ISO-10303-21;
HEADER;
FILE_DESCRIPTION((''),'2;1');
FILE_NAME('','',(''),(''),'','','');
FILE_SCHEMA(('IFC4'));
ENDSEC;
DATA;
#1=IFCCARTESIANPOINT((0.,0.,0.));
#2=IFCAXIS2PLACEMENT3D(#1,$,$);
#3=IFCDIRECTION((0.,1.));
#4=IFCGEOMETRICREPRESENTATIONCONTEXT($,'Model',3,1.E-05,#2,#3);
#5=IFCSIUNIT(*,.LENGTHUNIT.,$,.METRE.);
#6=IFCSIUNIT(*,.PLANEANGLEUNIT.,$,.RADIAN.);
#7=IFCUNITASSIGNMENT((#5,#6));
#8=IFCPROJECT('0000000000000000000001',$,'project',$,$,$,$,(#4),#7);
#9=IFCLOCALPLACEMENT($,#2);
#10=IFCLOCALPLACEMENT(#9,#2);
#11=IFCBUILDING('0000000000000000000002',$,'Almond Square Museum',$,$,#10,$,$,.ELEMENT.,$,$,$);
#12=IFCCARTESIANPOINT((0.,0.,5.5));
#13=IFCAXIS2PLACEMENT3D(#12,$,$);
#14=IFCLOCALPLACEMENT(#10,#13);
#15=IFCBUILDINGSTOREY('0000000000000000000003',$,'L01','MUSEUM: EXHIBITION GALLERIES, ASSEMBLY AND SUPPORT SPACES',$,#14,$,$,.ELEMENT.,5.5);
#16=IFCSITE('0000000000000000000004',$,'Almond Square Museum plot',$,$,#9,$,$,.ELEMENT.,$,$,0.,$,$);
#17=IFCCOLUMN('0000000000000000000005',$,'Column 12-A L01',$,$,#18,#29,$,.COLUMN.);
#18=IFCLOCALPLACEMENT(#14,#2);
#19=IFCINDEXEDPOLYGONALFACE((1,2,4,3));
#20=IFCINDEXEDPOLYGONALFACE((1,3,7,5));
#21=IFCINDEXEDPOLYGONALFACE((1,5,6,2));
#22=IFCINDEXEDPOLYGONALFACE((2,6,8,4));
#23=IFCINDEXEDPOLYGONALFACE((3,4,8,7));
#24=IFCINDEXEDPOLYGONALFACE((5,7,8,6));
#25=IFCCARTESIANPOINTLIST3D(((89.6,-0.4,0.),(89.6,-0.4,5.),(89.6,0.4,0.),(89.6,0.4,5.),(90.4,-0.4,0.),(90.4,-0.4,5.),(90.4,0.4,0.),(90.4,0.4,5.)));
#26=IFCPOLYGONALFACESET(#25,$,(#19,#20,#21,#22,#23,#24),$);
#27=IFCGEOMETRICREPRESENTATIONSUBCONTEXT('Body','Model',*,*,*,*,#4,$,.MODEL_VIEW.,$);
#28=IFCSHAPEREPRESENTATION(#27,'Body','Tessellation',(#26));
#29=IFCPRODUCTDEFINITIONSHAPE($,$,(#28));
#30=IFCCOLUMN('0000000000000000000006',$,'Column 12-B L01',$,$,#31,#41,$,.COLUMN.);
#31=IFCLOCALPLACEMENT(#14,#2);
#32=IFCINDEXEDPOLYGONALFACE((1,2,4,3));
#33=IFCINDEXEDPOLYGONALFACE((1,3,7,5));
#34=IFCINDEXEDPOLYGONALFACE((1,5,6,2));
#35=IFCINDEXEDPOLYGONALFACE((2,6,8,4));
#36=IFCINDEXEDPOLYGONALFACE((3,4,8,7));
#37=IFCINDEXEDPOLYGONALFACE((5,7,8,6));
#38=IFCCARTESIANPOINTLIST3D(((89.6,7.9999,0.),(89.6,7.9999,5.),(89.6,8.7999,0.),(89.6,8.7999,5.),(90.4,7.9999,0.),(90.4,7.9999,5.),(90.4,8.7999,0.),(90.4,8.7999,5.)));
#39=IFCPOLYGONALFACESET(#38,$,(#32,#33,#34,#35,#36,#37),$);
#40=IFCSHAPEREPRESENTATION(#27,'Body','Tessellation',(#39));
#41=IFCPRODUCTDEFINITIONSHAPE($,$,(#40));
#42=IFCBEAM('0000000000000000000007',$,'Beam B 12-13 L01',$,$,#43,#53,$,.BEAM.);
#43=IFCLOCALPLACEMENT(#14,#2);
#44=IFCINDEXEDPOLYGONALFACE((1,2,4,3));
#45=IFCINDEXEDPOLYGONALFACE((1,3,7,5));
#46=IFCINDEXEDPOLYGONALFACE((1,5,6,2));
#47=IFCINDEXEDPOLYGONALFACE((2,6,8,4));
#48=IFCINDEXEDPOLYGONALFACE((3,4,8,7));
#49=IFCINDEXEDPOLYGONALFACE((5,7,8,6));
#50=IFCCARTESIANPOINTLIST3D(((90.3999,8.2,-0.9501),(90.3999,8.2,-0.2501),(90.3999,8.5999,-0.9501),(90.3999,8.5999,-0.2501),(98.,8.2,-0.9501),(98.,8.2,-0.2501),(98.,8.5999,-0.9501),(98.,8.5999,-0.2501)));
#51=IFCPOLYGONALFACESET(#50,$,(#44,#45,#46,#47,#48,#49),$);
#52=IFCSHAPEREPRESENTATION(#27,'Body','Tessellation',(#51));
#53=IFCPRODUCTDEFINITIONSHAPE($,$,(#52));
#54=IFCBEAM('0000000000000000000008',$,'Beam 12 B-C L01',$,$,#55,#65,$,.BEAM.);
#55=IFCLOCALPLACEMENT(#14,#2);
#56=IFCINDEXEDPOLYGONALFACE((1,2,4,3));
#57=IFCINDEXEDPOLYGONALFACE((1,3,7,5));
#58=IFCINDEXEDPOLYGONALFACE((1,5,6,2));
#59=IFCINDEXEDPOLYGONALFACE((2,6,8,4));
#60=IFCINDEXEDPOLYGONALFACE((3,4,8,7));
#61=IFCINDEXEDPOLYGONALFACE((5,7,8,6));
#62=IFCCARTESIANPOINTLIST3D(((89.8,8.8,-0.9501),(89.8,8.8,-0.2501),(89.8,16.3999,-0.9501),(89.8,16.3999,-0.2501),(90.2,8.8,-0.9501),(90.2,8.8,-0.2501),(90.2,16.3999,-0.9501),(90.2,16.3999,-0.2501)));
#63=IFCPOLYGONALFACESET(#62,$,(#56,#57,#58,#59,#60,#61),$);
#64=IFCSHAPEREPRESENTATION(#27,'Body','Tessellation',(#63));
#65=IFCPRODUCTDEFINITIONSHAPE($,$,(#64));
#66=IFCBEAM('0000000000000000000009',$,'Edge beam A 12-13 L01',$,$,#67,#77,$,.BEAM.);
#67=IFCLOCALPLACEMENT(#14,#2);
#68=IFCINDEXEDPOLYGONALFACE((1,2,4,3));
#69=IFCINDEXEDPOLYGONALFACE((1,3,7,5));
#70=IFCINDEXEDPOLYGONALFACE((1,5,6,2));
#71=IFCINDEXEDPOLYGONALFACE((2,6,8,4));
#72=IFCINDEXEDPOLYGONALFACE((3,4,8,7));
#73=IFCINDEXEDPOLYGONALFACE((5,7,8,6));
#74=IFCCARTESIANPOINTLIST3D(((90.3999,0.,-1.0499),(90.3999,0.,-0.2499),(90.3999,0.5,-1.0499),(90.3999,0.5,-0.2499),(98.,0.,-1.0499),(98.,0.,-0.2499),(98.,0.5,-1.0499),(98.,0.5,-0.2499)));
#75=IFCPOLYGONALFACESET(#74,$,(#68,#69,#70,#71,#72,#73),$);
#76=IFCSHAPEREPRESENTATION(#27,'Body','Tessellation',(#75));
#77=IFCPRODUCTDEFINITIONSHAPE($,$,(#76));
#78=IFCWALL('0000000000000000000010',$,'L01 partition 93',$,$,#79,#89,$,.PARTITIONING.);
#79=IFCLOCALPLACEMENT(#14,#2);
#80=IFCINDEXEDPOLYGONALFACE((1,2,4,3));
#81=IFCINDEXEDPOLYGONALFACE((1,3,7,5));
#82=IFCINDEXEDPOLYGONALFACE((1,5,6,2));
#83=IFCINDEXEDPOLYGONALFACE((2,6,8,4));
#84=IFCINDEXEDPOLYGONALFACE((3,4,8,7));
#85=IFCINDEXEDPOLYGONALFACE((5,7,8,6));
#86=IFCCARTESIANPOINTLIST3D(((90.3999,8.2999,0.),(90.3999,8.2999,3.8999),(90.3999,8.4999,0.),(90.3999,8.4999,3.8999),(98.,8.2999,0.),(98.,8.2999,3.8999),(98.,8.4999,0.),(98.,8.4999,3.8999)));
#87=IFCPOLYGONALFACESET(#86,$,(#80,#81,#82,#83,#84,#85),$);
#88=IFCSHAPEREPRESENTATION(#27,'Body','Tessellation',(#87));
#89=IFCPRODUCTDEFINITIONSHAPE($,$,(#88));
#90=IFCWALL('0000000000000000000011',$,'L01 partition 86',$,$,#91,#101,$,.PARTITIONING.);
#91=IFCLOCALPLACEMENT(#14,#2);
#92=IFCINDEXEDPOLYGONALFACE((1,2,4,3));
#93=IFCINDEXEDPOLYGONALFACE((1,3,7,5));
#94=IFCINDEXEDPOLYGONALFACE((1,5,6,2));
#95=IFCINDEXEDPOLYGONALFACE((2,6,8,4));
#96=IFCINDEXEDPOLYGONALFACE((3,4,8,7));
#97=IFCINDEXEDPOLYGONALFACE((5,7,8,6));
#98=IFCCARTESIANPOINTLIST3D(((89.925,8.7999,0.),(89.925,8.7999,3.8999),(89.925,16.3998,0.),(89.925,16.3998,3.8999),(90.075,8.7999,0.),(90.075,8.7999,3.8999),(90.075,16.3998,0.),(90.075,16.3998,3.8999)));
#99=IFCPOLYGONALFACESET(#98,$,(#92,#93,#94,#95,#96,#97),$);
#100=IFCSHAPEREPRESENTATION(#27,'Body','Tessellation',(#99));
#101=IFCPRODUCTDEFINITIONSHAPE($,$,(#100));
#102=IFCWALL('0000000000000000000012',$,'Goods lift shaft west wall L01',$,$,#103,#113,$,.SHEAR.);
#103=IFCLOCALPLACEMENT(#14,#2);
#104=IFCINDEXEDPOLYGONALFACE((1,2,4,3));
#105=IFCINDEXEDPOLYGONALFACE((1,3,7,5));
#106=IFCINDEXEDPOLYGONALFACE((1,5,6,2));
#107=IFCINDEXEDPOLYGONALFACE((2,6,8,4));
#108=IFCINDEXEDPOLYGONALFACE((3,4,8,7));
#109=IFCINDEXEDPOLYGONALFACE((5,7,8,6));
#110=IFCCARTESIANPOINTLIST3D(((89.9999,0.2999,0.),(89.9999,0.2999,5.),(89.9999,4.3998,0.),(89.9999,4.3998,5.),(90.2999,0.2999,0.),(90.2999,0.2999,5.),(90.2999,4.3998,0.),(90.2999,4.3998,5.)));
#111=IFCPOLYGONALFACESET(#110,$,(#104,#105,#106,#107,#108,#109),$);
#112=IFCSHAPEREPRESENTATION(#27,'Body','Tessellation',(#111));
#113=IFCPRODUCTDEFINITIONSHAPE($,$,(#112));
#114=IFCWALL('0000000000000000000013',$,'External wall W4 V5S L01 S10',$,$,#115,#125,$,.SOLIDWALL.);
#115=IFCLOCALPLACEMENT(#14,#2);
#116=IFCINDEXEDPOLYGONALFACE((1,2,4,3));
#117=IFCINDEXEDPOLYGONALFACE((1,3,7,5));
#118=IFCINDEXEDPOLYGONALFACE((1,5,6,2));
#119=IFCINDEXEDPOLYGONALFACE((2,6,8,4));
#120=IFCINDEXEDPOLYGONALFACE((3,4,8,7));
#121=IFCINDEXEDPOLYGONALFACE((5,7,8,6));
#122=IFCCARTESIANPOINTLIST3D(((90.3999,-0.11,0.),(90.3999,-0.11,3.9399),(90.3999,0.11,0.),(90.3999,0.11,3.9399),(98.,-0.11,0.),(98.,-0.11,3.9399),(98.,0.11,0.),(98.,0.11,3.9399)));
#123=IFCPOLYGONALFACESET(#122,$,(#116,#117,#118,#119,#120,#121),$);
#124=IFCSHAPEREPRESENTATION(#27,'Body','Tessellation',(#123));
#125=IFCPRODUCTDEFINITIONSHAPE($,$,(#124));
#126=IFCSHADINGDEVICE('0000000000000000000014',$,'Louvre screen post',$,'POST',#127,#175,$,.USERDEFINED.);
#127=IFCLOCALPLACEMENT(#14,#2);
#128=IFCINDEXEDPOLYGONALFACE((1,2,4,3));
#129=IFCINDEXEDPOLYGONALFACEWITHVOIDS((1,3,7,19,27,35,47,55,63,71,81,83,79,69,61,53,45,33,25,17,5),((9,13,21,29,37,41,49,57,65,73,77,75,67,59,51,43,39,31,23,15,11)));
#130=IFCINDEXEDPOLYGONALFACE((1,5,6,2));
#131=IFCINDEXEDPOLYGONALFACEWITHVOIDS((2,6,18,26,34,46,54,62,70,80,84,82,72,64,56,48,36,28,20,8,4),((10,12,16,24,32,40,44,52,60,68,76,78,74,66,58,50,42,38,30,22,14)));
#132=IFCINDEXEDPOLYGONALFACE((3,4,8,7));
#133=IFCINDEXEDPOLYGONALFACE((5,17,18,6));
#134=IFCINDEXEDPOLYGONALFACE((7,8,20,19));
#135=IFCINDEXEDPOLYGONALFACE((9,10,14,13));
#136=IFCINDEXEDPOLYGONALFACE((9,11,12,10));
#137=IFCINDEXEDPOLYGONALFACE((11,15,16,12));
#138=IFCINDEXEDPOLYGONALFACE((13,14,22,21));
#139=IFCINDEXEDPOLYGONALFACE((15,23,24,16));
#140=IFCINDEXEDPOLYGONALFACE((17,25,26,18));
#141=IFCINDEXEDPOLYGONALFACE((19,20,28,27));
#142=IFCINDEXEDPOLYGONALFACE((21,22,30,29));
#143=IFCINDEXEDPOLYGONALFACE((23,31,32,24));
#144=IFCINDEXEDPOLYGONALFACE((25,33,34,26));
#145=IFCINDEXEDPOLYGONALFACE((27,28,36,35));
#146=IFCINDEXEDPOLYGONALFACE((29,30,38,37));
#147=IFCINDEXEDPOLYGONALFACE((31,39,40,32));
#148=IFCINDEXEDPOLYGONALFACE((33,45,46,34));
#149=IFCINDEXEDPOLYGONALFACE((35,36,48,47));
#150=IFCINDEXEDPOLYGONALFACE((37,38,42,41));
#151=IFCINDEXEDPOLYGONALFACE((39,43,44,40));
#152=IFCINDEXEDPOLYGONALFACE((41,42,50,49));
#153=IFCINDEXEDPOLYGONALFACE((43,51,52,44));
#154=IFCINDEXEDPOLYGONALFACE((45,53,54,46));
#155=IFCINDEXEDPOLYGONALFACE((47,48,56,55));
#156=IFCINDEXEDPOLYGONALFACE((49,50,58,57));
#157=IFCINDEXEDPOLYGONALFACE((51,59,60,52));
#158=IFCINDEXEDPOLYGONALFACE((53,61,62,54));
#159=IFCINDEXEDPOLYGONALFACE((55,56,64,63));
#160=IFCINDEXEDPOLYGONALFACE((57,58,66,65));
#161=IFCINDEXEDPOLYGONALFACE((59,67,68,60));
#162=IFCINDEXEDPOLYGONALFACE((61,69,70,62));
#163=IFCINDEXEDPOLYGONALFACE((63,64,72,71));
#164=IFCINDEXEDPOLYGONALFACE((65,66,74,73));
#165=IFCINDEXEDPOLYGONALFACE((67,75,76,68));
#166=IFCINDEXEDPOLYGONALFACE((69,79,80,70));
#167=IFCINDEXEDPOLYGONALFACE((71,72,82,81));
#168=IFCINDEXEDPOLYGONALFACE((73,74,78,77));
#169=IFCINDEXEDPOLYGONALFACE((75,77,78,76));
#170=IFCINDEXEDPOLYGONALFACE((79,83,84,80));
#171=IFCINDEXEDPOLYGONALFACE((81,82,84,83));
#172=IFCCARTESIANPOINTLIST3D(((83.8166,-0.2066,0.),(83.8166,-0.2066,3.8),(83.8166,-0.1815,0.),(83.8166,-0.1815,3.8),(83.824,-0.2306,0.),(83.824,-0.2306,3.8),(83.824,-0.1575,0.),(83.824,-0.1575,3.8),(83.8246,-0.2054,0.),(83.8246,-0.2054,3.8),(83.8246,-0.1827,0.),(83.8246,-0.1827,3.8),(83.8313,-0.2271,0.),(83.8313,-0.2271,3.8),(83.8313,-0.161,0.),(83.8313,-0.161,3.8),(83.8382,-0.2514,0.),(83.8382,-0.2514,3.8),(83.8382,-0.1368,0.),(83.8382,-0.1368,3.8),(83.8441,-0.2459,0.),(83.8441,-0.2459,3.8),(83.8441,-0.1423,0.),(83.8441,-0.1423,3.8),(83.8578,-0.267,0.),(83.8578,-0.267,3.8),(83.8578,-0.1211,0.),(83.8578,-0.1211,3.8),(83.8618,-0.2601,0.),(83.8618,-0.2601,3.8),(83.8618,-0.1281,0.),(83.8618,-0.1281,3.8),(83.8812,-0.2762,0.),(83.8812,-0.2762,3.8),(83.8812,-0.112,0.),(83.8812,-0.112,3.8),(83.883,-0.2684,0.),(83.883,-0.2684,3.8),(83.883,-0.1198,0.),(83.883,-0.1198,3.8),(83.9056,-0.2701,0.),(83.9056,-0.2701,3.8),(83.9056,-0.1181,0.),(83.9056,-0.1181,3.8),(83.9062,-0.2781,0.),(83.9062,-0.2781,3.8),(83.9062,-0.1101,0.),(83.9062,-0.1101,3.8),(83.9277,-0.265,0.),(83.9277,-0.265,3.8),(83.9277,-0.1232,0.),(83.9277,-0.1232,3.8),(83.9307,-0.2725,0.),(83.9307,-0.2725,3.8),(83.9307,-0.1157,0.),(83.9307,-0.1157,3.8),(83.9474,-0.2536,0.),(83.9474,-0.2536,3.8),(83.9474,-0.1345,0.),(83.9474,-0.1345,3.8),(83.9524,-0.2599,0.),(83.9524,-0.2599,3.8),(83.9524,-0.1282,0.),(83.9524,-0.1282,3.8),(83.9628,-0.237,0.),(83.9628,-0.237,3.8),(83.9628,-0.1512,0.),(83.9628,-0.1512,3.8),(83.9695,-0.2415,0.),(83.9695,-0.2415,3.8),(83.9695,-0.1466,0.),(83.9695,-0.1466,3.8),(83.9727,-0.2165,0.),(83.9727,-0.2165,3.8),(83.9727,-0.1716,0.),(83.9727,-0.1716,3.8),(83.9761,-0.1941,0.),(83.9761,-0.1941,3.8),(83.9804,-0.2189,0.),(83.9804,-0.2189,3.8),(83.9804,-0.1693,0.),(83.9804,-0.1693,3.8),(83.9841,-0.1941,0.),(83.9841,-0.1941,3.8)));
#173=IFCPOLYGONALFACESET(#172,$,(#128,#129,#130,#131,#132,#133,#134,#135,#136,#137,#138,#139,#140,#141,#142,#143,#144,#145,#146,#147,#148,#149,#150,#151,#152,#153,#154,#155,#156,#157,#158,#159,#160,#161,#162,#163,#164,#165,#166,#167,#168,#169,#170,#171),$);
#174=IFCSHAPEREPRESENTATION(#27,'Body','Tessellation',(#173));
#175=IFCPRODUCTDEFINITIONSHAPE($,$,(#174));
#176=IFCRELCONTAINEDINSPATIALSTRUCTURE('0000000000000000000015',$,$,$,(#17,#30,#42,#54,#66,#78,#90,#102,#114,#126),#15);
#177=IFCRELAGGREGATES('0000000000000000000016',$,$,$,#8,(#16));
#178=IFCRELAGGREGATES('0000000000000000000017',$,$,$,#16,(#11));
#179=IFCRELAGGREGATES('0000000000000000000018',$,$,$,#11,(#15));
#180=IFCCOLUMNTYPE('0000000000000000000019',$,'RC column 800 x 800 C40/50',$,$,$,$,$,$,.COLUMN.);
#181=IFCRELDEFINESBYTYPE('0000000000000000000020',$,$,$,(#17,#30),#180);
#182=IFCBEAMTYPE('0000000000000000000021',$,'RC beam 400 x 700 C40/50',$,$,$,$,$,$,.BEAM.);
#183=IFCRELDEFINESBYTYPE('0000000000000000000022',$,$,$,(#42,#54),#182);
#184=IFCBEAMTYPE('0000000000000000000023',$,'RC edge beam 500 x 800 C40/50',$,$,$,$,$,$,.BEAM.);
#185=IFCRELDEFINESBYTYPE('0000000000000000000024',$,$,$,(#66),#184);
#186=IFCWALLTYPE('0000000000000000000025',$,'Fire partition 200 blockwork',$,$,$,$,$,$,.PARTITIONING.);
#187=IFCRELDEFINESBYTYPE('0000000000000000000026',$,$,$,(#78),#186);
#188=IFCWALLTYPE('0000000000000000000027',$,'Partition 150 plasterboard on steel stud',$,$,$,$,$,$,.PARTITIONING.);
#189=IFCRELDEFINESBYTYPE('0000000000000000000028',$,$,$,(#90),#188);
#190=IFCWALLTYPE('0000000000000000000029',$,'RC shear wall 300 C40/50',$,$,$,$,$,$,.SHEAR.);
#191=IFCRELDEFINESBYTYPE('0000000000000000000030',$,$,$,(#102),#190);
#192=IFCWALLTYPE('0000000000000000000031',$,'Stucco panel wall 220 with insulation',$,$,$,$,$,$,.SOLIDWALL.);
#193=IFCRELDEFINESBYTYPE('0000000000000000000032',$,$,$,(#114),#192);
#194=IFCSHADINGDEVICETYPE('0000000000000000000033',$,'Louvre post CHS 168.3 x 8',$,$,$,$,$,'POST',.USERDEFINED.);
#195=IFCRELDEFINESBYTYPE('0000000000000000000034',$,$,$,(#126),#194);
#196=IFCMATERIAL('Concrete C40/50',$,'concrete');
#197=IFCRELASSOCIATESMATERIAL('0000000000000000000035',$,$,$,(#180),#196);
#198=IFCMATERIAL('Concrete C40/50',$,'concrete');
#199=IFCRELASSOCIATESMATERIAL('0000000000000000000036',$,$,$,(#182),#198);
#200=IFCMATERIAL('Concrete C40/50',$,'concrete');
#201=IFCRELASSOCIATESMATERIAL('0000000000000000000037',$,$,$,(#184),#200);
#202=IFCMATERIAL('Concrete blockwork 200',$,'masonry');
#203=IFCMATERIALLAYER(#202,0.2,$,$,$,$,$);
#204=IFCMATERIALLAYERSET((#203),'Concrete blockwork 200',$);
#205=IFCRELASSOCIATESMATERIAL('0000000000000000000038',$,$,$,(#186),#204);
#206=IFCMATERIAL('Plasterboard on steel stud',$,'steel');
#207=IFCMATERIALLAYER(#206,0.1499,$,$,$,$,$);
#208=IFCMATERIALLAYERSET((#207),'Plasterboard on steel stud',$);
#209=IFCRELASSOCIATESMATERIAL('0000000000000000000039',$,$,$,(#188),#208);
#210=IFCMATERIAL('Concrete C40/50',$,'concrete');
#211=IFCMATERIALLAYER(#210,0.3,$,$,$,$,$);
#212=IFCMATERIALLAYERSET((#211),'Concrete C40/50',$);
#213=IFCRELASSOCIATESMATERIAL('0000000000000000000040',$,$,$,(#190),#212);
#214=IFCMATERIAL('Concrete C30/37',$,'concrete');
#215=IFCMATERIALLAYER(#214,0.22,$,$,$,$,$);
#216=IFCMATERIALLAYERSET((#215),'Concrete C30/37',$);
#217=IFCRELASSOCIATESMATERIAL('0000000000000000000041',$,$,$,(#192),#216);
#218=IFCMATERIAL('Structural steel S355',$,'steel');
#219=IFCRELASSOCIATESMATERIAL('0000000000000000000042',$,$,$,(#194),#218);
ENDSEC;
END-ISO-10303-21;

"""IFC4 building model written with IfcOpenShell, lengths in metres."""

from ifc_helpers import new_model, si_unit, direction, frame, frame_2d, origin, origin_2d, place, context, subcontext, project, spatial, rectangle, hollow_circle, extrude, material, layer, layer_set, material_profile, profile_set, type_object, element, save


model = new_model("IFC4")

# Units and contexts
model_context = context("Model", 3, precision=1e-05, world=origin(), true_north=direction((0.0, 1.0)))
body_context = subcontext(model_context, "Body", "Model", "MODEL_VIEW")
ifc_project = project(units=[si_unit("LENGTHUNIT", "METRE"), si_unit("PLANEANGLEUNIT", "RADIAN")], contexts=[model_context])

# Site, building, storey
site_placement = place(None, origin())
site = spatial("IfcSite", under=ifc_project, at=site_placement, Name="Almond Square Museum plot", CompositionType="ELEMENT", RefElevation=0.0)
building_placement = place(site_placement, origin())
building = spatial("IfcBuilding", under=site, at=building_placement, Name="Almond Square Museum", CompositionType="ELEMENT")
storey_placement = place(building_placement, frame((0.0, 0.0, 5.5)))
storey = spatial("IfcBuildingStorey", under=building, at=storey_placement, Name="L01", Description="MUSEUM: EXHIBITION GALLERIES, ASSEMBLY AND SUPPORT SPACES", CompositionType="ELEMENT", Elevation=5.5)

# Columns
ifc_material_1 = material(Name="Concrete C40/50", Category="concrete")
ifc_material_profile_1 = material_profile(ifc_material_1, rectangle(XDim=0.8, YDim=0.8, at=origin_2d()))
ifc_profile_set_1 = profile_set([ifc_material_profile_1], Name="Concrete C40/50")
column_type = type_object("IfcColumnType", Name="RC column 800 x 800 C40/50", PredefinedType="COLUMN", material=ifc_profile_set_1)
for number, where, z_axis, x_axis, name in (
    (1, (90.0, 0.0, 0.0), (0.0, 0.0, 1.0), (1.0, 0.0, 0.0), "Column 12-A L01"),
    (2, (90.0, 8.3999, 0.0), (0.0, 0.0, 1.0), (1.0, 0.0, 0.0), "Column 12-B L01"),
):
    element("IfcColumn", number, at=place(storey_placement, frame(where, z_axis=z_axis, x_axis=x_axis)), inside=storey, type_object=column_type, Name=name, PredefinedType="COLUMN", context=body_context, shape_type="SweptSolid", body=[
        extrude(rectangle(XDim=0.8, YDim=0.8, at=origin_2d()), origin(), (0.0, 0.0, 1.0), 5.0),
    ])

# Beams
ifc_material_2 = material(Name="Concrete C40/50", Category="concrete")
ifc_material_profile_2 = material_profile(ifc_material_2, rectangle(XDim=0.3999, YDim=0.7, at=origin_2d()))
ifc_profile_set_2 = profile_set([ifc_material_profile_2], Name="Concrete C40/50")
beam_type_1 = type_object("IfcBeamType", Name="RC beam 400 x 700 C40/50", PredefinedType="BEAM", material=ifc_profile_set_2)
beam_1_placement = place(storey_placement, frame((90.3999, 8.3999, -0.6001), z_axis=(1.0, 0.0, 0.0), x_axis=(0.0, 1.0, 0.0)))
element("IfcBeam", 3, at=beam_1_placement, inside=storey, type_object=beam_type_1, Name="Beam B 12-13 L01", PredefinedType="BEAM", context=body_context, shape_type="SweptSolid", body=[
    extrude(rectangle(XDim=0.3999, YDim=0.7, at=origin_2d()), origin(), (0.0, 0.0, 1.0), 7.6001),
])
beam_2_placement = place(storey_placement, frame((90.0, 8.8, -0.6001), z_axis=(0.0, 1.0, 0.0), x_axis=(-1.0, 0.0, 0.0)))
element("IfcBeam", 4, at=beam_2_placement, inside=storey, type_object=beam_type_1, Name="Beam 12 B-C L01", PredefinedType="BEAM", context=body_context, shape_type="SweptSolid", body=[
    extrude(rectangle(XDim=0.3999, YDim=0.7, at=origin_2d()), origin(), (0.0, 0.0, 1.0), 7.5999),
])
ifc_material_3 = material(Name="Concrete C40/50", Category="concrete")
ifc_material_profile_3 = material_profile(ifc_material_3, rectangle(XDim=0.5, YDim=0.8, at=origin_2d()))
ifc_profile_set_3 = profile_set([ifc_material_profile_3], Name="Concrete C40/50")
beam_type_2 = type_object("IfcBeamType", Name="RC edge beam 500 x 800 C40/50", PredefinedType="BEAM", material=ifc_profile_set_3)
beam_3_placement = place(storey_placement, frame((90.3999, 0.25, -0.6499), z_axis=(1.0, 0.0, 0.0), x_axis=(0.0, 1.0, 0.0)))
element("IfcBeam", 5, at=beam_3_placement, inside=storey, type_object=beam_type_2, Name="Edge beam A 12-13 L01", PredefinedType="BEAM", context=body_context, shape_type="SweptSolid", body=[
    extrude(rectangle(XDim=0.5, YDim=0.8, at=origin_2d()), origin(), (0.0, 0.0, 1.0), 7.6001),
])

# Walls
ifc_material_4 = material(Name="Concrete blockwork 200", Category="masonry")
ifc_layer_1 = layer(ifc_material_4, 0.2)
ifc_layer_set_1 = layer_set([ifc_layer_1], Name="Concrete blockwork 200")
wall_type_1 = type_object("IfcWallType", Name="Fire partition 200 blockwork", PredefinedType="PARTITIONING", material=ifc_layer_set_1)
wall_1_placement = place(storey_placement, frame((90.3999, 8.3999, 0.0), z_axis=(0.0, 0.0, 1.0), x_axis=(1.0, 0.0, 0.0)))
element("IfcWall", 6, at=wall_1_placement, inside=storey, type_object=wall_type_1, Name="L01 partition 93", PredefinedType="PARTITIONING", context=body_context, shape_type="SweptSolid", body=[
    extrude(rectangle(XDim=7.6001, YDim=0.2, at=frame_2d((3.8, 0.0))), origin(), (0.0, 0.0, 1.0), 3.8999),
])
ifc_material_5 = material(Name="Plasterboard on steel stud", Category="steel")
ifc_layer_2 = layer(ifc_material_5, 0.1499)
ifc_layer_set_2 = layer_set([ifc_layer_2], Name="Plasterboard on steel stud")
wall_type_2 = type_object("IfcWallType", Name="Partition 150 plasterboard on steel stud", PredefinedType="PARTITIONING", material=ifc_layer_set_2)
wall_2_placement = place(storey_placement, frame((90.0, 8.8, 0.0), z_axis=(0.0, 0.0, 1.0), x_axis=(0.0, 1.0, 0.0)))
element("IfcWall", 7, at=wall_2_placement, inside=storey, type_object=wall_type_2, Name="L01 partition 86", PredefinedType="PARTITIONING", context=body_context, shape_type="SweptSolid", body=[
    extrude(rectangle(XDim=7.5999, YDim=0.1499, at=frame_2d((3.7998, 0.0))), origin(), (0.0, 0.0, 1.0), 3.8999),
])
ifc_material_6 = material(Name="Concrete C40/50", Category="concrete")
ifc_layer_3 = layer(ifc_material_6, 0.3)
ifc_layer_set_3 = layer_set([ifc_layer_3], Name="Concrete C40/50")
wall_type_3 = type_object("IfcWallType", Name="RC shear wall 300 C40/50", PredefinedType="SHEAR", material=ifc_layer_set_3)
wall_3_placement = place(storey_placement, frame((90.1499, 0.3, 0.0), z_axis=(0.0, 0.0, 1.0), x_axis=(0.0, 1.0, 0.0)))
element("IfcWall", 8, at=wall_3_placement, inside=storey, type_object=wall_type_3, Name="Goods lift shaft west wall L01", PredefinedType="SHEAR", context=body_context, shape_type="SweptSolid", body=[
    extrude(rectangle(XDim=4.0999, YDim=0.3, at=frame_2d((2.0498, 0.0))), origin(), (0.0, 0.0, 1.0), 5.0),
])

# Wall
ifc_material_7 = material(Name="Concrete C30/37", Category="concrete")
ifc_layer_4 = layer(ifc_material_7, 0.22)
ifc_layer_set_4 = layer_set([ifc_layer_4], Name="Concrete C30/37")
wall_type_4 = type_object("IfcWallType", Name="Stucco panel wall 220 with insulation", PredefinedType="SOLIDWALL", material=ifc_layer_set_4)
wall_4_placement = place(storey_placement, frame((90.3999, 0.0, 0.0), z_axis=(0.0, 0.0, 1.0), x_axis=(1.0, 0.0, 0.0)))
element("IfcWall", 9, at=wall_4_placement, inside=storey, type_object=wall_type_4, Name="External wall W4 V5S L01 S10", PredefinedType="SOLIDWALL", context=body_context, shape_type="SweptSolid", body=[
    extrude(rectangle(XDim=7.6001, YDim=0.22, at=frame_2d((3.8, 0.0))), origin(), (0.0, 0.0, 1.0), 3.9399),
])

# Shading device
ifc_material_8 = material(Name="Structural steel S355", Category="steel")
ifc_material_profile_4 = material_profile(ifc_material_8, hollow_circle(Radius=0.0842, WallThickness=0.0081, at=origin_2d()))
ifc_profile_set_4 = profile_set([ifc_material_profile_4], Name="Structural steel S355")
shading_device_type = type_object("IfcShadingDeviceType", Name="Louvre post CHS 168.3 x 8", ElementType="POST", PredefinedType="USERDEFINED", material=ifc_profile_set_4)
for number, where, z_axis, x_axis, name in (
    (10, (83.8999, -0.1941, 0.0), (0.0, 0.0, 1.0), (1.0, 0.0, 0.0), "Louvre screen post"),
):
    element("IfcShadingDevice", number, at=place(storey_placement, frame(where, z_axis=z_axis, x_axis=x_axis)), inside=storey, type_object=shading_device_type, Name=name, ObjectType="POST", PredefinedType="USERDEFINED", context=body_context, shape_type="SweptSolid", body=[
        extrude(hollow_circle(Radius=0.0842, WallThickness=0.0081, at=origin_2d()), origin(), (0.0, 0.0, 1.0), 3.8),
    ])

save(model, "model.ifc")
